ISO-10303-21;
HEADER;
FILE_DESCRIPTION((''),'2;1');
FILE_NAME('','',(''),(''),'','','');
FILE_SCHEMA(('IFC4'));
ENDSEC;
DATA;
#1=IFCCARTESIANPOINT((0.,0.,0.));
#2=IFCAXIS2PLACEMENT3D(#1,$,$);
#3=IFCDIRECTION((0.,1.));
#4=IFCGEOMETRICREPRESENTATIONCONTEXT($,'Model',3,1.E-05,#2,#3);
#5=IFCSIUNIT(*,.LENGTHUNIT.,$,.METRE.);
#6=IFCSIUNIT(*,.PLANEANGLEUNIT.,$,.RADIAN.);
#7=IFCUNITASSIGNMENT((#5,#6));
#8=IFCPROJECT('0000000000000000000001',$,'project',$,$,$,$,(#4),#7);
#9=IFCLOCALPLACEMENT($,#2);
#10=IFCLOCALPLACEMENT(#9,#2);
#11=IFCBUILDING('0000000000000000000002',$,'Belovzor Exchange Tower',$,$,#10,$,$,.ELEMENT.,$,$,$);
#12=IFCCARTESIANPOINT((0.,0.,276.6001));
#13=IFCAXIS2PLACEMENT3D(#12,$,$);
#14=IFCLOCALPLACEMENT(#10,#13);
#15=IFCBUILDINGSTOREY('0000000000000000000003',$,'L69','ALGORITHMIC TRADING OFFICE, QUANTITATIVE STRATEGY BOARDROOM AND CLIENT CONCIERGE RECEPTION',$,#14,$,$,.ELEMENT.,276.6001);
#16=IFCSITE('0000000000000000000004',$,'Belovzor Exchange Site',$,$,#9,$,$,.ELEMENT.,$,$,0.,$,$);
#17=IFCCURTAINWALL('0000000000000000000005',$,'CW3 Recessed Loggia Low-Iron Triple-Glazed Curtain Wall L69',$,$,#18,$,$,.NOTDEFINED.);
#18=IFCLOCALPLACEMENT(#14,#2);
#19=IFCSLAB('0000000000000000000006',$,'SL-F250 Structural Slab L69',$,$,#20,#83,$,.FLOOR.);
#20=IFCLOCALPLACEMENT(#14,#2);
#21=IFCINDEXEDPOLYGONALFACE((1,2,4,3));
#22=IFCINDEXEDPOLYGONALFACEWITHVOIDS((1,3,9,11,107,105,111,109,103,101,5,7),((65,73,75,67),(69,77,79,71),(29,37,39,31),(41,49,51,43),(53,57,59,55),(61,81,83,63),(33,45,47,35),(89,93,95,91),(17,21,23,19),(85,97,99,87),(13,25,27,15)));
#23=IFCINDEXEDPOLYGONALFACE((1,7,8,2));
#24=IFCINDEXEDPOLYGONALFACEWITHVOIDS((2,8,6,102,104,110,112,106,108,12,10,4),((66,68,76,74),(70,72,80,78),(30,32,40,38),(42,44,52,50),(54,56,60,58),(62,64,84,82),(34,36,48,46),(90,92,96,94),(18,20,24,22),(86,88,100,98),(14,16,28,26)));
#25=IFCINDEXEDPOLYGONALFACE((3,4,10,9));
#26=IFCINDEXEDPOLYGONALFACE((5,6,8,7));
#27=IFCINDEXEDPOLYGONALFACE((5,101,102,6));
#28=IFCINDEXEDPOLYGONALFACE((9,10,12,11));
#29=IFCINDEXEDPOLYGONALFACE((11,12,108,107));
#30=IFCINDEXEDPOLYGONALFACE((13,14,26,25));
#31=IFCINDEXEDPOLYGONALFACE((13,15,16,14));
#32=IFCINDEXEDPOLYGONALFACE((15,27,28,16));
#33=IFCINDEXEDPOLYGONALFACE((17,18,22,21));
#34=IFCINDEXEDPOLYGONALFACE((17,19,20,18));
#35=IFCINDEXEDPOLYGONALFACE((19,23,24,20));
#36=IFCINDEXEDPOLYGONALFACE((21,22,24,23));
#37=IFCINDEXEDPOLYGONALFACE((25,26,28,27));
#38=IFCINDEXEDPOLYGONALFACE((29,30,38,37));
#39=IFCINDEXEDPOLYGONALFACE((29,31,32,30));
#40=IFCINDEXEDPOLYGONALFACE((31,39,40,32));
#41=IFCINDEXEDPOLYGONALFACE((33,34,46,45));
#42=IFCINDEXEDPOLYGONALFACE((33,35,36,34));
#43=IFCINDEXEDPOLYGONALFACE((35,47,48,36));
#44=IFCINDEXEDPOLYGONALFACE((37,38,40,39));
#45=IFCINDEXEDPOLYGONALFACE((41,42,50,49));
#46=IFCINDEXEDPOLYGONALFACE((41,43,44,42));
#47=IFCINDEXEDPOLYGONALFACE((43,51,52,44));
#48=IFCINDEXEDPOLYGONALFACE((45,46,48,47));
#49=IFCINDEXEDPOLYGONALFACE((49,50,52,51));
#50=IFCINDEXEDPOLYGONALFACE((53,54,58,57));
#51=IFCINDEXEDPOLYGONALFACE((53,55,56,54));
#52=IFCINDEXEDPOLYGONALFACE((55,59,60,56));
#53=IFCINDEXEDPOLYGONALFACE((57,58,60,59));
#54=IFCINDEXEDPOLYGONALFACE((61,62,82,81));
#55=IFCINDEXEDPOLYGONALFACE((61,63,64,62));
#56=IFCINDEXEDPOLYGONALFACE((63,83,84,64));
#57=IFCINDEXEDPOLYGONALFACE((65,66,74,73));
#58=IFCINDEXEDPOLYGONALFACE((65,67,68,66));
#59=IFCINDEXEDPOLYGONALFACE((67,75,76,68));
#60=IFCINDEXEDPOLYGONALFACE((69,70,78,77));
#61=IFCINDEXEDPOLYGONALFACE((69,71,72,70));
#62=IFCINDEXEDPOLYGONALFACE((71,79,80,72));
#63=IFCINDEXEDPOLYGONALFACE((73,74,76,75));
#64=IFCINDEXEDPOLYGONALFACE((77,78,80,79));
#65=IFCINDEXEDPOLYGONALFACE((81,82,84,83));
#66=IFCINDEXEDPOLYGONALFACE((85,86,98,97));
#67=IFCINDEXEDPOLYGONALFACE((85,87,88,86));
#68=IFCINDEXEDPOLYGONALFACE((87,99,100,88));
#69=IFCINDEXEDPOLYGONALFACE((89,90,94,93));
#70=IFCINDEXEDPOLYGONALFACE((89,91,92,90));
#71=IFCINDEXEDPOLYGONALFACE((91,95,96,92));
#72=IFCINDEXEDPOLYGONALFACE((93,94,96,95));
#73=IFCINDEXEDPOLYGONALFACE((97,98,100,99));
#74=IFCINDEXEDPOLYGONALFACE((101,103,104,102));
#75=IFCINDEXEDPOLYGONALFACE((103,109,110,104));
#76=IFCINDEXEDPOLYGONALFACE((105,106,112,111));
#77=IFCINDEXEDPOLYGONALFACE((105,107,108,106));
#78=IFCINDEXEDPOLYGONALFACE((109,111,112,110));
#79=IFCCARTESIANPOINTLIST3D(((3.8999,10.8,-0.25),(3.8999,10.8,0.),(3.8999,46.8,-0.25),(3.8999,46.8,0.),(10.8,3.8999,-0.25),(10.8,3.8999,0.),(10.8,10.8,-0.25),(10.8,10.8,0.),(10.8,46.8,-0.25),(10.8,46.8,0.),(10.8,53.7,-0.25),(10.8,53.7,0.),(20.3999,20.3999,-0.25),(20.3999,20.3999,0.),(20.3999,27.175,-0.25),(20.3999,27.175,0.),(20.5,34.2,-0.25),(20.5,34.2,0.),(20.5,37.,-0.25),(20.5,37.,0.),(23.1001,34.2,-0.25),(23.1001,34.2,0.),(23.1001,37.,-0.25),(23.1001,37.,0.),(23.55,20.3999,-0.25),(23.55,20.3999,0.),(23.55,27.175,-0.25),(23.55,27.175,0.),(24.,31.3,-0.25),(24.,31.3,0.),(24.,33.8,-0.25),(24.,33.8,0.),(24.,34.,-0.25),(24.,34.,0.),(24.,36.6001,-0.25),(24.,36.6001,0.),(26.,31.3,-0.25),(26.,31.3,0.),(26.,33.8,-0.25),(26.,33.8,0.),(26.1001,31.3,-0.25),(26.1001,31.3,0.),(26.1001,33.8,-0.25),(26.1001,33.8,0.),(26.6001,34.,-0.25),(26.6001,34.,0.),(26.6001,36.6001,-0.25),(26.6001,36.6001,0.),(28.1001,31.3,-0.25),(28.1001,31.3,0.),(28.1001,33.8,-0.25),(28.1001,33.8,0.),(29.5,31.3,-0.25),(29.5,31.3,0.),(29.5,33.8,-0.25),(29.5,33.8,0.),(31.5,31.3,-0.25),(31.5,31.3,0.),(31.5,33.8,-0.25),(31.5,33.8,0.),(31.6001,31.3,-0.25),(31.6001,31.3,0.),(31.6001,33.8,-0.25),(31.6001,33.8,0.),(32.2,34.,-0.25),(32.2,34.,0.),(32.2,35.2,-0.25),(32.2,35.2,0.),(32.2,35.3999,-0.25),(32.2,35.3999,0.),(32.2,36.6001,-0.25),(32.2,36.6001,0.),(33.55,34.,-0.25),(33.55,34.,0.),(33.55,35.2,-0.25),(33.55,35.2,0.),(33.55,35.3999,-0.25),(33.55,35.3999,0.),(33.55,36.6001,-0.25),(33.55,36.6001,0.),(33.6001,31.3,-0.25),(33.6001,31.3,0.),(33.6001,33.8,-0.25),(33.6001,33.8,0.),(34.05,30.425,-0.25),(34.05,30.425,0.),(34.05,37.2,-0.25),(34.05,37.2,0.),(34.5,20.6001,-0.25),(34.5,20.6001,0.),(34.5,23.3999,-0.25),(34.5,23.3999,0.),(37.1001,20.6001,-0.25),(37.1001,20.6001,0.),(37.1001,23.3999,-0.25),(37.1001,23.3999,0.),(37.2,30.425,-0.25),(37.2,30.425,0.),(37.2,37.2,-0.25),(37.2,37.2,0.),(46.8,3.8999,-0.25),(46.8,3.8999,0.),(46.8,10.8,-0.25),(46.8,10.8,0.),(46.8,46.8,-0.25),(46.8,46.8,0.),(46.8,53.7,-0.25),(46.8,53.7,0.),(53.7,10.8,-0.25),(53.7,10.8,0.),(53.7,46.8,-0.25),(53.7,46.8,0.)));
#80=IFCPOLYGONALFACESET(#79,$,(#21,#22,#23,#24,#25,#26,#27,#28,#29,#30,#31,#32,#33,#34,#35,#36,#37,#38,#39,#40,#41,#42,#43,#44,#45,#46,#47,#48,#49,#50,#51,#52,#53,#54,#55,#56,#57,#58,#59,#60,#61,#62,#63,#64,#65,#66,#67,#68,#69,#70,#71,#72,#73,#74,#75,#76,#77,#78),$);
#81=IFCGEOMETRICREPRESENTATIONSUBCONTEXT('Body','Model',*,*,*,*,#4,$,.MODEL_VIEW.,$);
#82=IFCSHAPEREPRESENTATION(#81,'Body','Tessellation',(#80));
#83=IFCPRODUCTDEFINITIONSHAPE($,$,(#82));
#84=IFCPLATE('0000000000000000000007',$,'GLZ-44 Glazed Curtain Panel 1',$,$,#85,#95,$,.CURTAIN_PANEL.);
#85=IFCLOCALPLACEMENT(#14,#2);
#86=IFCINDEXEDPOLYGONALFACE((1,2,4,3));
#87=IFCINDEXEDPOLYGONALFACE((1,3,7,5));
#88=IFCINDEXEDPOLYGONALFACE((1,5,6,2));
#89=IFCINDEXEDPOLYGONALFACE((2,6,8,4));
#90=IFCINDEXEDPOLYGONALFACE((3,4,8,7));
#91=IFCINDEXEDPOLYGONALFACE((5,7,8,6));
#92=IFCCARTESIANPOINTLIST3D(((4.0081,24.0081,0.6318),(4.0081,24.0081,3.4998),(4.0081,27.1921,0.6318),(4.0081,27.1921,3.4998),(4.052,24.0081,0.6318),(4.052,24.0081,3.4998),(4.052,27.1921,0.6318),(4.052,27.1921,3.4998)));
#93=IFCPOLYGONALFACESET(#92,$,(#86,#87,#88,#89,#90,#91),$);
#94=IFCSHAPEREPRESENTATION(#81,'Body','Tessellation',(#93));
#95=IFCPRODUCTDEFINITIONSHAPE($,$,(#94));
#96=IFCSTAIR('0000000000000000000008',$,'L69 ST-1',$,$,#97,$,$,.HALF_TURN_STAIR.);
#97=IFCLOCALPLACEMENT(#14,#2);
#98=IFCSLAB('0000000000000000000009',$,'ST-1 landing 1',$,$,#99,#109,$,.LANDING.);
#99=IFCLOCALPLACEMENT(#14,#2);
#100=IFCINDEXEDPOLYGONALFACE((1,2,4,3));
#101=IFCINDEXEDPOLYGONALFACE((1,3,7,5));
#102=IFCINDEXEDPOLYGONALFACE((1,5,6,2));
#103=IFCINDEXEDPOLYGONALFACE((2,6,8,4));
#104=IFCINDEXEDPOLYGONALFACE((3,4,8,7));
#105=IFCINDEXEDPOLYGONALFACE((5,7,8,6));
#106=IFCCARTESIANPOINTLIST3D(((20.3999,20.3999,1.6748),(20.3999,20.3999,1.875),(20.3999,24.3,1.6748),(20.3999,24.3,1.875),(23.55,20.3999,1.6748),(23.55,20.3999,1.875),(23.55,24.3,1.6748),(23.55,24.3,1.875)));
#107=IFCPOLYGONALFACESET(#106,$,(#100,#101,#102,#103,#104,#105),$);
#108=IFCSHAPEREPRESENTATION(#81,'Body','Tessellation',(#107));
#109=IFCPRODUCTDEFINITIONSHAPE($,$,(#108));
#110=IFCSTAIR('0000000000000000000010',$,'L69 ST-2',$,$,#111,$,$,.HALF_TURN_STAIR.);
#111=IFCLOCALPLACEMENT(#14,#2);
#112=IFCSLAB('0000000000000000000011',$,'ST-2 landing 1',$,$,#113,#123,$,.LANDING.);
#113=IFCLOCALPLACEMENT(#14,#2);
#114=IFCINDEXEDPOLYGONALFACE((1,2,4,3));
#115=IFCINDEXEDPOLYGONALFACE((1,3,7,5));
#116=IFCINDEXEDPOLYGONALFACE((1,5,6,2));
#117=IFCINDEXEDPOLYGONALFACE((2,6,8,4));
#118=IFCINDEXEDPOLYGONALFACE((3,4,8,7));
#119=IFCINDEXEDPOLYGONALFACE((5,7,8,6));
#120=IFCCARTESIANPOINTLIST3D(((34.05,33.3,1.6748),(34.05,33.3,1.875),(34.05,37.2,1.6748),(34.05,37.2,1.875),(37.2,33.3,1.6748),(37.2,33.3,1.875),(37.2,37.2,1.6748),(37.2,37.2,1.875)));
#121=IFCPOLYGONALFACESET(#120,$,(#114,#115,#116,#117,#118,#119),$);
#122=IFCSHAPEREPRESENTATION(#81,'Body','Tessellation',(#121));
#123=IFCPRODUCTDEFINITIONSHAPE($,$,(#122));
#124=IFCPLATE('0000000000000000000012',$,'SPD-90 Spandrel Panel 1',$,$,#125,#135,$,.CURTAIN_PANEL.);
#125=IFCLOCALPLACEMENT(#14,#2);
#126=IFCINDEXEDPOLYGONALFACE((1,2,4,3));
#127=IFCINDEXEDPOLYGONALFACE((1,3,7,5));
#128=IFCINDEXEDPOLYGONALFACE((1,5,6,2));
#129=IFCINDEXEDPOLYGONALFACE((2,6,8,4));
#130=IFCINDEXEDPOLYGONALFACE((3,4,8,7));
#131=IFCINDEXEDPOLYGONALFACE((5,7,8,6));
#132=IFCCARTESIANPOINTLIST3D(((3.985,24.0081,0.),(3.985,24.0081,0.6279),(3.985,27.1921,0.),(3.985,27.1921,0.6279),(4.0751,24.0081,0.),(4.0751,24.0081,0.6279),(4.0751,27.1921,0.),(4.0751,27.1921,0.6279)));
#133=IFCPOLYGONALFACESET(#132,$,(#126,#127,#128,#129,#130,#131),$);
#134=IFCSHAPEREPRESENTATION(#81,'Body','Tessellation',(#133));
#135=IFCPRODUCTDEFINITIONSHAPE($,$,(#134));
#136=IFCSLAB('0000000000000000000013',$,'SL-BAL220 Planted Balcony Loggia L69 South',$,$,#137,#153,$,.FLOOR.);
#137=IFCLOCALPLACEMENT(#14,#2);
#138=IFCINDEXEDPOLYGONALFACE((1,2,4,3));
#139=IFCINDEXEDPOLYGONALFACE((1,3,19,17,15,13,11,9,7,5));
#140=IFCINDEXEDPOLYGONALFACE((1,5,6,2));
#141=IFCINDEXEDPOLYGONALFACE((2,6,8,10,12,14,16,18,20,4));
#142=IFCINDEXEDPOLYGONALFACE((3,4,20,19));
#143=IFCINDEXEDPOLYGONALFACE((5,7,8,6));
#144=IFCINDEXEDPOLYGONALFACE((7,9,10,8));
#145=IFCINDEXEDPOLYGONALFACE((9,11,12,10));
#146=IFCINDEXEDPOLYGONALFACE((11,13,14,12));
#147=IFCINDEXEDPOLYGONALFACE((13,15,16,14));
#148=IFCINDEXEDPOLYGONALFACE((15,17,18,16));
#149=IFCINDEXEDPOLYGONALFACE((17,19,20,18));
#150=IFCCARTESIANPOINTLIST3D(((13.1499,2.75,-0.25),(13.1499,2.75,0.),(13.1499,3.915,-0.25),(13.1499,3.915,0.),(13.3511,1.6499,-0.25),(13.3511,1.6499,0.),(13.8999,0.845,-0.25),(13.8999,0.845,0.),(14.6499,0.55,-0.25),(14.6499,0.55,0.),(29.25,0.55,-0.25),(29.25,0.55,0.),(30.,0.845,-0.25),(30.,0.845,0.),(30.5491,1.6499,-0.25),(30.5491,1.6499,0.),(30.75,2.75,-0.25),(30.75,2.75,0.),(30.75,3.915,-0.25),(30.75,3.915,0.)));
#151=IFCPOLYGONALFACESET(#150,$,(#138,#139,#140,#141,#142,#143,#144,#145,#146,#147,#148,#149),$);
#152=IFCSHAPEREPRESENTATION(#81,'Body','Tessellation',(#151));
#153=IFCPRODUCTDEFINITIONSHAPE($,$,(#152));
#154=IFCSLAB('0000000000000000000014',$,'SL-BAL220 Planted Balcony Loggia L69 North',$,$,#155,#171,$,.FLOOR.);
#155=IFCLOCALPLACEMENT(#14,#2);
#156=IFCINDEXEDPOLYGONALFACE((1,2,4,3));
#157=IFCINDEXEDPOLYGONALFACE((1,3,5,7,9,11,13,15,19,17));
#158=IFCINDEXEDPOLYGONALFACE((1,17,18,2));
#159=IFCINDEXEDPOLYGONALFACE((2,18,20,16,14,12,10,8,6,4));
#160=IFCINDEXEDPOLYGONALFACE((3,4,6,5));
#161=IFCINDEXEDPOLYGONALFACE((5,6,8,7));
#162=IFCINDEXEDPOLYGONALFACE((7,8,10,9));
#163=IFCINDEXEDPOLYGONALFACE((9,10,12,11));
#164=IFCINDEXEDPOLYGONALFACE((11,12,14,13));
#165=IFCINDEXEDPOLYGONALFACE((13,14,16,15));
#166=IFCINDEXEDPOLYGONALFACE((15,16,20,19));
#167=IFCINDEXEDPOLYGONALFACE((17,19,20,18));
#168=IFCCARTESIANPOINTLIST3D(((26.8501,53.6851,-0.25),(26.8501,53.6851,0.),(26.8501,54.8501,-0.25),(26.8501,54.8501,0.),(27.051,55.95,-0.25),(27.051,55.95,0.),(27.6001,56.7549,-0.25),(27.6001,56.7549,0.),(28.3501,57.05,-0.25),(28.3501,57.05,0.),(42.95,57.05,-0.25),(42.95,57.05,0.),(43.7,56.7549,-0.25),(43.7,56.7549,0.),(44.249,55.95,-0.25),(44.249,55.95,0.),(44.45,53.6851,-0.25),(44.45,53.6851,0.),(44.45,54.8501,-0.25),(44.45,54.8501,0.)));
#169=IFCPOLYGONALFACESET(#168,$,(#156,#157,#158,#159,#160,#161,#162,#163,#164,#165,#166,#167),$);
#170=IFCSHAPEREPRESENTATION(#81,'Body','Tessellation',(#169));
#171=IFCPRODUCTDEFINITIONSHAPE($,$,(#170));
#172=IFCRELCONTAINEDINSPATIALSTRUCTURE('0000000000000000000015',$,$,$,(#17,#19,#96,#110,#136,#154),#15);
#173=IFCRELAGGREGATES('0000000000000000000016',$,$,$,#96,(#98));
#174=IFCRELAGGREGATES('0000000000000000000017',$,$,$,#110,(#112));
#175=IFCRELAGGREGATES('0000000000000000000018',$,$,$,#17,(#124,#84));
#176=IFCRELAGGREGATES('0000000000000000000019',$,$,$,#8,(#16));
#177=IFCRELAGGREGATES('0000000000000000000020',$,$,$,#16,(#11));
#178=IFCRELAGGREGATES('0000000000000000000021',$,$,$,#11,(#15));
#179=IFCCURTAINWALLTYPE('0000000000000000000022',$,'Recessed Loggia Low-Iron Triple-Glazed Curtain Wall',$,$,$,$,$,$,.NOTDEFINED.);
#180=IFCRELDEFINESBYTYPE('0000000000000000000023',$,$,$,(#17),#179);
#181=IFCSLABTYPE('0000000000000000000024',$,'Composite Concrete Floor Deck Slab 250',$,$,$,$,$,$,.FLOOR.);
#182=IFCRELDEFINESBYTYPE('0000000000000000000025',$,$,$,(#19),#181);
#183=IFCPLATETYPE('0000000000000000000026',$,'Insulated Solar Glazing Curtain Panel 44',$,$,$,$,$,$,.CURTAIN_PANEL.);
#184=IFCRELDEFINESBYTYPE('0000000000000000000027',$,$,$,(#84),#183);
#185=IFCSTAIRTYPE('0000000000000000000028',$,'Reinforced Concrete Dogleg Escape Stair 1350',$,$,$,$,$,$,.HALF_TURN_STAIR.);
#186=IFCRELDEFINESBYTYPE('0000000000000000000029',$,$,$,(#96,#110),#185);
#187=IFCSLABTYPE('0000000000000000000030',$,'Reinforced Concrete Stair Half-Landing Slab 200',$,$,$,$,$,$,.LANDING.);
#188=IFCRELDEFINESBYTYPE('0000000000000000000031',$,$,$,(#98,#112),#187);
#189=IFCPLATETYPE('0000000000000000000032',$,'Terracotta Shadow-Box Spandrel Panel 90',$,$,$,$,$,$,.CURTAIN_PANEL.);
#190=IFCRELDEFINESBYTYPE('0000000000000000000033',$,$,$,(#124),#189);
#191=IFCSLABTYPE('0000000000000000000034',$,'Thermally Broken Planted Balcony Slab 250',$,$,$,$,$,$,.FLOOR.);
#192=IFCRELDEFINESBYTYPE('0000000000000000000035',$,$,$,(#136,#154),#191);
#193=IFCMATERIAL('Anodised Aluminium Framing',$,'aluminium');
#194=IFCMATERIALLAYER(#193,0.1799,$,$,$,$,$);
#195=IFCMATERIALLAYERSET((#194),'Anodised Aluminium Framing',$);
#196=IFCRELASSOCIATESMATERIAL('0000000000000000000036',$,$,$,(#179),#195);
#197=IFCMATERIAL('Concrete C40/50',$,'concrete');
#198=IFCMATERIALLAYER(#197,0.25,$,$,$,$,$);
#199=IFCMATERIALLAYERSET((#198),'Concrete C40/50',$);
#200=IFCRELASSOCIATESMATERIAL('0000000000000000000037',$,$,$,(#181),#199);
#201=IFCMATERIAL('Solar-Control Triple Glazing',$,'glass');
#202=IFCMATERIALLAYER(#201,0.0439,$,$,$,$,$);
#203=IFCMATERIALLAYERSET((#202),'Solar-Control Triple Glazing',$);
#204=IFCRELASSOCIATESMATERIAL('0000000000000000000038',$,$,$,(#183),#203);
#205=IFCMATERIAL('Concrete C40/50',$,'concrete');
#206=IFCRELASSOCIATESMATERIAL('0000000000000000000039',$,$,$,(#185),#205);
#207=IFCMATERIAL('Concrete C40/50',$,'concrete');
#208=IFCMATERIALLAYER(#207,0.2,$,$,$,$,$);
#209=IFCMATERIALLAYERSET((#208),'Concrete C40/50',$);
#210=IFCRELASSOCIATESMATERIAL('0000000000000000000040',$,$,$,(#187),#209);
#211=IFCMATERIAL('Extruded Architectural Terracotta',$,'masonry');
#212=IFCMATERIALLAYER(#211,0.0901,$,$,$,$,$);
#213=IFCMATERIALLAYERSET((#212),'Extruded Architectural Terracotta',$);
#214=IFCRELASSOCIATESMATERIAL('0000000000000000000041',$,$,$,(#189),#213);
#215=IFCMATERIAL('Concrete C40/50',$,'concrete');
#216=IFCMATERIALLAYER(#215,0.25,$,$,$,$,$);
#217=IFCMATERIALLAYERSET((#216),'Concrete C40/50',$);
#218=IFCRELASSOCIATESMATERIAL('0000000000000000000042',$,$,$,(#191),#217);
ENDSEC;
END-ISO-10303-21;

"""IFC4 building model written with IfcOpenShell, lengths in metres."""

from ifc_helpers import new_model, si_unit, direction, frame, origin, origin_2d, place, context, subcontext, project, spatial, polyline, rectangle, outline, extrude, material, layer, layer_set, type_object, element, aggregate, save


model = new_model("IFC4")

# Units and contexts
model_context = context("Model", 3, precision=1e-05, world=origin(), true_north=direction((0.0, 1.0)))
body_context = subcontext(model_context, "Body", "Model", "MODEL_VIEW")
ifc_project = project(units=[si_unit("LENGTHUNIT", "METRE"), si_unit("PLANEANGLEUNIT", "RADIAN")], contexts=[model_context])

# Site, building, storey
site_placement = place(None, origin())
site = spatial("IfcSite", under=ifc_project, at=site_placement, Name="Belovzor Exchange Site", CompositionType="ELEMENT", RefElevation=0.0)
building_placement = place(site_placement, origin())
building = spatial("IfcBuilding", under=site, at=building_placement, Name="Belovzor Exchange Tower", CompositionType="ELEMENT")
storey_placement = place(building_placement, frame((0.0, 0.0, 276.6001)))
storey = spatial("IfcBuildingStorey", under=building, at=storey_placement, Name="L69", Description="ALGORITHMIC TRADING OFFICE, QUANTITATIVE STRATEGY BOARDROOM AND CLIENT CONCIERGE RECEPTION", CompositionType="ELEMENT", Elevation=276.6001)

# Curtain wall
ifc_material_1 = material(Name="Anodised Aluminium Framing", Category="aluminium")
ifc_layer_1 = layer(ifc_material_1, 0.1799)
ifc_layer_set_1 = layer_set([ifc_layer_1], Name="Anodised Aluminium Framing")
curtain_wall_type = type_object("IfcCurtainWallType", Name="Recessed Loggia Low-Iron Triple-Glazed Curtain Wall", PredefinedType="NOTDEFINED", material=ifc_layer_set_1)
curtain_wall_placement = place(storey_placement, origin())
curtain_wall = element("IfcCurtainWall", 1, at=curtain_wall_placement, inside=storey, type_object=curtain_wall_type, Name="CW3 Recessed Loggia Low-Iron Triple-Glazed Curtain Wall L69", PredefinedType="NOTDEFINED")

# Slab
ifc_material_2 = material(Name="Concrete C40/50", Category="concrete")
ifc_layer_2 = layer(ifc_material_2, 0.25)
ifc_layer_set_2 = layer_set([ifc_layer_2], Name="Concrete C40/50")
slab_type_1 = type_object("IfcSlabType", Name="Composite Concrete Floor Deck Slab 250", PredefinedType="FLOOR", material=ifc_layer_set_2)
slab_1_placement = place(storey_placement, frame((0.0, 0.0, -0.25)))
element("IfcSlab", 2, at=slab_1_placement, inside=storey, type_object=slab_type_1, Name="SL-F250 Structural Slab L69", PredefinedType="FLOOR", context=body_context, shape_type="SweptSolid", body=[
    extrude(outline(polyline([(10.8, 3.8999), (46.8, 3.8999), (46.8, 10.8), (53.7, 10.8), (53.7, 46.8), (46.8, 46.8), (46.8, 53.7), (10.8, 53.7), (10.8, 46.8), (3.8999, 46.8), (3.8999, 10.8), (10.8, 10.8), (10.8, 3.8999)]), holes=[polyline([(20.3999, 27.175), (20.3999, 20.3999), (23.55, 20.3999), (23.55, 27.175), (20.3999, 27.175)]), polyline([(37.2, 30.425), (37.2, 37.2), (34.05, 37.2), (34.05, 30.425), (37.2, 30.425)]), polyline([(20.5, 34.2), (23.1001, 34.2), (23.1001, 37.0), (20.5, 37.0), (20.5, 34.2)]), polyline([(34.5, 20.6001), (37.1001, 20.6001), (37.1001, 23.3999), (34.5, 23.3999), (34.5, 20.6001)]), polyline([(24.0, 34.0), (26.6001, 34.0), (26.6001, 36.6001), (24.0, 36.6001), (24.0, 34.0)]), polyline([(24.0, 31.3), (26.0, 31.3), (26.0, 33.8), (24.0, 33.8), (24.0, 31.3)]), polyline([(26.1001, 31.3), (28.1001, 31.3), (28.1001, 33.8), (26.1001, 33.8), (26.1001, 31.3)]), polyline([(29.5, 31.3), (31.5, 31.3), (31.5, 33.8), (29.5, 33.8), (29.5, 31.3)]), polyline([(31.6001, 31.3), (33.6001, 31.3), (33.6001, 33.8), (31.6001, 33.8), (31.6001, 31.3)]), polyline([(32.2, 34.0), (33.55, 34.0), (33.55, 35.2), (32.2, 35.2), (32.2, 34.0)]), polyline([(32.2, 35.3999), (33.55, 35.3999), (33.55, 36.6001), (32.2, 36.6001), (32.2, 35.3999)])]), origin(), (0.0, 0.0, 1.0), 0.25),
])

# Plate
ifc_material_3 = material(Name="Solar-Control Triple Glazing", Category="glass")
ifc_layer_3 = layer(ifc_material_3, 0.0439)
ifc_layer_set_3 = layer_set([ifc_layer_3], Name="Solar-Control Triple Glazing")
plate_type_1 = type_object("IfcPlateType", Name="Insulated Solar Glazing Curtain Panel 44", PredefinedType="CURTAIN_PANEL", material=ifc_layer_set_3)
plate_1_placement = place(storey_placement, frame((4.03, 25.6001, 0.6318), z_axis=(0.0, 0.0, 1.0), x_axis=(0.0, 1.0, 0.0)))
plate_1 = element("IfcPlate", 3, at=plate_1_placement, type_object=plate_type_1, Name="GLZ-44 Glazed Curtain Panel 1", PredefinedType="CURTAIN_PANEL", context=body_context, shape_type="SweptSolid", body=[
    extrude(rectangle(XDim=3.1841, YDim=0.0439, at=origin_2d()), origin(), (0.0, 0.0, 1.0), 2.8679),
])

# Stairs, slabs
ifc_material_4 = material(Name="Concrete C40/50", Category="concrete")
stair_type = type_object("IfcStairType", Name="Reinforced Concrete Dogleg Escape Stair 1350", PredefinedType="HALF_TURN_STAIR", material=ifc_material_4)
stair_1_placement = place(storey_placement, origin())
stair_1 = element("IfcStair", 4, at=stair_1_placement, inside=storey, type_object=stair_type, Name="L69 ST-1", PredefinedType="HALF_TURN_STAIR")
ifc_material_5 = material(Name="Concrete C40/50", Category="concrete")
ifc_layer_4 = layer(ifc_material_5, 0.2)
ifc_layer_set_4 = layer_set([ifc_layer_4], Name="Concrete C40/50")
slab_type_2 = type_object("IfcSlabType", Name="Reinforced Concrete Stair Half-Landing Slab 200", PredefinedType="LANDING", material=ifc_layer_set_4)
slab_2_placement = place(storey_placement, frame((0.0, 0.0, 1.6748)))
slab_2 = element("IfcSlab", 5, at=slab_2_placement, type_object=slab_type_2, Name="ST-1 landing 1", PredefinedType="LANDING", context=body_context, shape_type="SweptSolid", body=[
    extrude(outline(polyline([(20.3999, 24.3), (20.3999, 20.3999), (23.55, 20.3999), (23.55, 24.3), (20.3999, 24.3)])), origin(), (0.0, 0.0, 1.0), 0.2002),
])
aggregate(stair_1, [slab_2])
stair_2_placement = place(storey_placement, origin())
stair_2 = element("IfcStair", 6, at=stair_2_placement, inside=storey, type_object=stair_type, Name="L69 ST-2", PredefinedType="HALF_TURN_STAIR")
slab_3_placement = place(storey_placement, frame((0.0, 0.0, 1.6748)))
slab_3 = element("IfcSlab", 7, at=slab_3_placement, type_object=slab_type_2, Name="ST-2 landing 1", PredefinedType="LANDING", context=body_context, shape_type="SweptSolid", body=[
    extrude(outline(polyline([(37.2, 33.3), (37.2, 37.2), (34.05, 37.2), (34.05, 33.3), (37.2, 33.3)])), origin(), (0.0, 0.0, 1.0), 0.2002),
])
aggregate(stair_2, [slab_3])

# Plate
ifc_material_6 = material(Name="Extruded Architectural Terracotta", Category="masonry")
ifc_layer_5 = layer(ifc_material_6, 0.0901)
ifc_layer_set_5 = layer_set([ifc_layer_5], Name="Extruded Architectural Terracotta")
plate_type_2 = type_object("IfcPlateType", Name="Terracotta Shadow-Box Spandrel Panel 90", PredefinedType="CURTAIN_PANEL", material=ifc_layer_set_5)
plate_2_placement = place(storey_placement, frame((4.03, 25.6001, 0.0), z_axis=(0.0, 0.0, 1.0), x_axis=(0.0, 1.0, 0.0)))
plate_2 = element("IfcPlate", 8, at=plate_2_placement, type_object=plate_type_2, Name="SPD-90 Spandrel Panel 1", PredefinedType="CURTAIN_PANEL", context=body_context, shape_type="SweptSolid", body=[
    extrude(rectangle(XDim=3.1841, YDim=0.0901, at=origin_2d()), origin(), (0.0, 0.0, 1.0), 0.6279),
])
aggregate(curtain_wall, [plate_2, plate_1])

# Slabs
ifc_material_7 = material(Name="Concrete C40/50", Category="concrete")
ifc_layer_6 = layer(ifc_material_7, 0.25)
ifc_layer_set_6 = layer_set([ifc_layer_6], Name="Concrete C40/50")
slab_type_3 = type_object("IfcSlabType", Name="Thermally Broken Planted Balcony Slab 250", PredefinedType="FLOOR", material=ifc_layer_set_6)
slab_4_placement = place(storey_placement, frame((0.0, 0.0, -0.25)))
element("IfcSlab", 9, at=slab_4_placement, inside=storey, type_object=slab_type_3, Name="SL-BAL220 Planted Balcony Loggia L69 South", PredefinedType="FLOOR", context=body_context, shape_type="SweptSolid", body=[
    extrude(outline(polyline([(13.1499, 3.915), (13.1499, 2.75), (13.3511, 1.6499), (13.8999, 0.845), (14.6499, 0.55), (29.25, 0.55), (30.0, 0.845), (30.5491, 1.6499), (30.75, 2.75), (30.75, 3.915), (13.1499, 3.915)])), origin(), (0.0, 0.0, 1.0), 0.25),
])
slab_5_placement = place(storey_placement, frame((0.0, 0.0, -0.25)))
element("IfcSlab", 10, at=slab_5_placement, inside=storey, type_object=slab_type_3, Name="SL-BAL220 Planted Balcony Loggia L69 North", PredefinedType="FLOOR", context=body_context, shape_type="SweptSolid", body=[
    extrude(outline(polyline([(44.45, 53.6851), (44.45, 54.8501), (44.249, 55.95), (43.7, 56.7549), (42.95, 57.05), (28.3501, 57.05), (27.6001, 56.7549), (27.051, 55.95), (26.8501, 54.8501), (26.8501, 53.6851), (44.45, 53.6851)])), origin(), (0.0, 0.0, 1.0), 0.25),
])

save(model, "model.ifc")
